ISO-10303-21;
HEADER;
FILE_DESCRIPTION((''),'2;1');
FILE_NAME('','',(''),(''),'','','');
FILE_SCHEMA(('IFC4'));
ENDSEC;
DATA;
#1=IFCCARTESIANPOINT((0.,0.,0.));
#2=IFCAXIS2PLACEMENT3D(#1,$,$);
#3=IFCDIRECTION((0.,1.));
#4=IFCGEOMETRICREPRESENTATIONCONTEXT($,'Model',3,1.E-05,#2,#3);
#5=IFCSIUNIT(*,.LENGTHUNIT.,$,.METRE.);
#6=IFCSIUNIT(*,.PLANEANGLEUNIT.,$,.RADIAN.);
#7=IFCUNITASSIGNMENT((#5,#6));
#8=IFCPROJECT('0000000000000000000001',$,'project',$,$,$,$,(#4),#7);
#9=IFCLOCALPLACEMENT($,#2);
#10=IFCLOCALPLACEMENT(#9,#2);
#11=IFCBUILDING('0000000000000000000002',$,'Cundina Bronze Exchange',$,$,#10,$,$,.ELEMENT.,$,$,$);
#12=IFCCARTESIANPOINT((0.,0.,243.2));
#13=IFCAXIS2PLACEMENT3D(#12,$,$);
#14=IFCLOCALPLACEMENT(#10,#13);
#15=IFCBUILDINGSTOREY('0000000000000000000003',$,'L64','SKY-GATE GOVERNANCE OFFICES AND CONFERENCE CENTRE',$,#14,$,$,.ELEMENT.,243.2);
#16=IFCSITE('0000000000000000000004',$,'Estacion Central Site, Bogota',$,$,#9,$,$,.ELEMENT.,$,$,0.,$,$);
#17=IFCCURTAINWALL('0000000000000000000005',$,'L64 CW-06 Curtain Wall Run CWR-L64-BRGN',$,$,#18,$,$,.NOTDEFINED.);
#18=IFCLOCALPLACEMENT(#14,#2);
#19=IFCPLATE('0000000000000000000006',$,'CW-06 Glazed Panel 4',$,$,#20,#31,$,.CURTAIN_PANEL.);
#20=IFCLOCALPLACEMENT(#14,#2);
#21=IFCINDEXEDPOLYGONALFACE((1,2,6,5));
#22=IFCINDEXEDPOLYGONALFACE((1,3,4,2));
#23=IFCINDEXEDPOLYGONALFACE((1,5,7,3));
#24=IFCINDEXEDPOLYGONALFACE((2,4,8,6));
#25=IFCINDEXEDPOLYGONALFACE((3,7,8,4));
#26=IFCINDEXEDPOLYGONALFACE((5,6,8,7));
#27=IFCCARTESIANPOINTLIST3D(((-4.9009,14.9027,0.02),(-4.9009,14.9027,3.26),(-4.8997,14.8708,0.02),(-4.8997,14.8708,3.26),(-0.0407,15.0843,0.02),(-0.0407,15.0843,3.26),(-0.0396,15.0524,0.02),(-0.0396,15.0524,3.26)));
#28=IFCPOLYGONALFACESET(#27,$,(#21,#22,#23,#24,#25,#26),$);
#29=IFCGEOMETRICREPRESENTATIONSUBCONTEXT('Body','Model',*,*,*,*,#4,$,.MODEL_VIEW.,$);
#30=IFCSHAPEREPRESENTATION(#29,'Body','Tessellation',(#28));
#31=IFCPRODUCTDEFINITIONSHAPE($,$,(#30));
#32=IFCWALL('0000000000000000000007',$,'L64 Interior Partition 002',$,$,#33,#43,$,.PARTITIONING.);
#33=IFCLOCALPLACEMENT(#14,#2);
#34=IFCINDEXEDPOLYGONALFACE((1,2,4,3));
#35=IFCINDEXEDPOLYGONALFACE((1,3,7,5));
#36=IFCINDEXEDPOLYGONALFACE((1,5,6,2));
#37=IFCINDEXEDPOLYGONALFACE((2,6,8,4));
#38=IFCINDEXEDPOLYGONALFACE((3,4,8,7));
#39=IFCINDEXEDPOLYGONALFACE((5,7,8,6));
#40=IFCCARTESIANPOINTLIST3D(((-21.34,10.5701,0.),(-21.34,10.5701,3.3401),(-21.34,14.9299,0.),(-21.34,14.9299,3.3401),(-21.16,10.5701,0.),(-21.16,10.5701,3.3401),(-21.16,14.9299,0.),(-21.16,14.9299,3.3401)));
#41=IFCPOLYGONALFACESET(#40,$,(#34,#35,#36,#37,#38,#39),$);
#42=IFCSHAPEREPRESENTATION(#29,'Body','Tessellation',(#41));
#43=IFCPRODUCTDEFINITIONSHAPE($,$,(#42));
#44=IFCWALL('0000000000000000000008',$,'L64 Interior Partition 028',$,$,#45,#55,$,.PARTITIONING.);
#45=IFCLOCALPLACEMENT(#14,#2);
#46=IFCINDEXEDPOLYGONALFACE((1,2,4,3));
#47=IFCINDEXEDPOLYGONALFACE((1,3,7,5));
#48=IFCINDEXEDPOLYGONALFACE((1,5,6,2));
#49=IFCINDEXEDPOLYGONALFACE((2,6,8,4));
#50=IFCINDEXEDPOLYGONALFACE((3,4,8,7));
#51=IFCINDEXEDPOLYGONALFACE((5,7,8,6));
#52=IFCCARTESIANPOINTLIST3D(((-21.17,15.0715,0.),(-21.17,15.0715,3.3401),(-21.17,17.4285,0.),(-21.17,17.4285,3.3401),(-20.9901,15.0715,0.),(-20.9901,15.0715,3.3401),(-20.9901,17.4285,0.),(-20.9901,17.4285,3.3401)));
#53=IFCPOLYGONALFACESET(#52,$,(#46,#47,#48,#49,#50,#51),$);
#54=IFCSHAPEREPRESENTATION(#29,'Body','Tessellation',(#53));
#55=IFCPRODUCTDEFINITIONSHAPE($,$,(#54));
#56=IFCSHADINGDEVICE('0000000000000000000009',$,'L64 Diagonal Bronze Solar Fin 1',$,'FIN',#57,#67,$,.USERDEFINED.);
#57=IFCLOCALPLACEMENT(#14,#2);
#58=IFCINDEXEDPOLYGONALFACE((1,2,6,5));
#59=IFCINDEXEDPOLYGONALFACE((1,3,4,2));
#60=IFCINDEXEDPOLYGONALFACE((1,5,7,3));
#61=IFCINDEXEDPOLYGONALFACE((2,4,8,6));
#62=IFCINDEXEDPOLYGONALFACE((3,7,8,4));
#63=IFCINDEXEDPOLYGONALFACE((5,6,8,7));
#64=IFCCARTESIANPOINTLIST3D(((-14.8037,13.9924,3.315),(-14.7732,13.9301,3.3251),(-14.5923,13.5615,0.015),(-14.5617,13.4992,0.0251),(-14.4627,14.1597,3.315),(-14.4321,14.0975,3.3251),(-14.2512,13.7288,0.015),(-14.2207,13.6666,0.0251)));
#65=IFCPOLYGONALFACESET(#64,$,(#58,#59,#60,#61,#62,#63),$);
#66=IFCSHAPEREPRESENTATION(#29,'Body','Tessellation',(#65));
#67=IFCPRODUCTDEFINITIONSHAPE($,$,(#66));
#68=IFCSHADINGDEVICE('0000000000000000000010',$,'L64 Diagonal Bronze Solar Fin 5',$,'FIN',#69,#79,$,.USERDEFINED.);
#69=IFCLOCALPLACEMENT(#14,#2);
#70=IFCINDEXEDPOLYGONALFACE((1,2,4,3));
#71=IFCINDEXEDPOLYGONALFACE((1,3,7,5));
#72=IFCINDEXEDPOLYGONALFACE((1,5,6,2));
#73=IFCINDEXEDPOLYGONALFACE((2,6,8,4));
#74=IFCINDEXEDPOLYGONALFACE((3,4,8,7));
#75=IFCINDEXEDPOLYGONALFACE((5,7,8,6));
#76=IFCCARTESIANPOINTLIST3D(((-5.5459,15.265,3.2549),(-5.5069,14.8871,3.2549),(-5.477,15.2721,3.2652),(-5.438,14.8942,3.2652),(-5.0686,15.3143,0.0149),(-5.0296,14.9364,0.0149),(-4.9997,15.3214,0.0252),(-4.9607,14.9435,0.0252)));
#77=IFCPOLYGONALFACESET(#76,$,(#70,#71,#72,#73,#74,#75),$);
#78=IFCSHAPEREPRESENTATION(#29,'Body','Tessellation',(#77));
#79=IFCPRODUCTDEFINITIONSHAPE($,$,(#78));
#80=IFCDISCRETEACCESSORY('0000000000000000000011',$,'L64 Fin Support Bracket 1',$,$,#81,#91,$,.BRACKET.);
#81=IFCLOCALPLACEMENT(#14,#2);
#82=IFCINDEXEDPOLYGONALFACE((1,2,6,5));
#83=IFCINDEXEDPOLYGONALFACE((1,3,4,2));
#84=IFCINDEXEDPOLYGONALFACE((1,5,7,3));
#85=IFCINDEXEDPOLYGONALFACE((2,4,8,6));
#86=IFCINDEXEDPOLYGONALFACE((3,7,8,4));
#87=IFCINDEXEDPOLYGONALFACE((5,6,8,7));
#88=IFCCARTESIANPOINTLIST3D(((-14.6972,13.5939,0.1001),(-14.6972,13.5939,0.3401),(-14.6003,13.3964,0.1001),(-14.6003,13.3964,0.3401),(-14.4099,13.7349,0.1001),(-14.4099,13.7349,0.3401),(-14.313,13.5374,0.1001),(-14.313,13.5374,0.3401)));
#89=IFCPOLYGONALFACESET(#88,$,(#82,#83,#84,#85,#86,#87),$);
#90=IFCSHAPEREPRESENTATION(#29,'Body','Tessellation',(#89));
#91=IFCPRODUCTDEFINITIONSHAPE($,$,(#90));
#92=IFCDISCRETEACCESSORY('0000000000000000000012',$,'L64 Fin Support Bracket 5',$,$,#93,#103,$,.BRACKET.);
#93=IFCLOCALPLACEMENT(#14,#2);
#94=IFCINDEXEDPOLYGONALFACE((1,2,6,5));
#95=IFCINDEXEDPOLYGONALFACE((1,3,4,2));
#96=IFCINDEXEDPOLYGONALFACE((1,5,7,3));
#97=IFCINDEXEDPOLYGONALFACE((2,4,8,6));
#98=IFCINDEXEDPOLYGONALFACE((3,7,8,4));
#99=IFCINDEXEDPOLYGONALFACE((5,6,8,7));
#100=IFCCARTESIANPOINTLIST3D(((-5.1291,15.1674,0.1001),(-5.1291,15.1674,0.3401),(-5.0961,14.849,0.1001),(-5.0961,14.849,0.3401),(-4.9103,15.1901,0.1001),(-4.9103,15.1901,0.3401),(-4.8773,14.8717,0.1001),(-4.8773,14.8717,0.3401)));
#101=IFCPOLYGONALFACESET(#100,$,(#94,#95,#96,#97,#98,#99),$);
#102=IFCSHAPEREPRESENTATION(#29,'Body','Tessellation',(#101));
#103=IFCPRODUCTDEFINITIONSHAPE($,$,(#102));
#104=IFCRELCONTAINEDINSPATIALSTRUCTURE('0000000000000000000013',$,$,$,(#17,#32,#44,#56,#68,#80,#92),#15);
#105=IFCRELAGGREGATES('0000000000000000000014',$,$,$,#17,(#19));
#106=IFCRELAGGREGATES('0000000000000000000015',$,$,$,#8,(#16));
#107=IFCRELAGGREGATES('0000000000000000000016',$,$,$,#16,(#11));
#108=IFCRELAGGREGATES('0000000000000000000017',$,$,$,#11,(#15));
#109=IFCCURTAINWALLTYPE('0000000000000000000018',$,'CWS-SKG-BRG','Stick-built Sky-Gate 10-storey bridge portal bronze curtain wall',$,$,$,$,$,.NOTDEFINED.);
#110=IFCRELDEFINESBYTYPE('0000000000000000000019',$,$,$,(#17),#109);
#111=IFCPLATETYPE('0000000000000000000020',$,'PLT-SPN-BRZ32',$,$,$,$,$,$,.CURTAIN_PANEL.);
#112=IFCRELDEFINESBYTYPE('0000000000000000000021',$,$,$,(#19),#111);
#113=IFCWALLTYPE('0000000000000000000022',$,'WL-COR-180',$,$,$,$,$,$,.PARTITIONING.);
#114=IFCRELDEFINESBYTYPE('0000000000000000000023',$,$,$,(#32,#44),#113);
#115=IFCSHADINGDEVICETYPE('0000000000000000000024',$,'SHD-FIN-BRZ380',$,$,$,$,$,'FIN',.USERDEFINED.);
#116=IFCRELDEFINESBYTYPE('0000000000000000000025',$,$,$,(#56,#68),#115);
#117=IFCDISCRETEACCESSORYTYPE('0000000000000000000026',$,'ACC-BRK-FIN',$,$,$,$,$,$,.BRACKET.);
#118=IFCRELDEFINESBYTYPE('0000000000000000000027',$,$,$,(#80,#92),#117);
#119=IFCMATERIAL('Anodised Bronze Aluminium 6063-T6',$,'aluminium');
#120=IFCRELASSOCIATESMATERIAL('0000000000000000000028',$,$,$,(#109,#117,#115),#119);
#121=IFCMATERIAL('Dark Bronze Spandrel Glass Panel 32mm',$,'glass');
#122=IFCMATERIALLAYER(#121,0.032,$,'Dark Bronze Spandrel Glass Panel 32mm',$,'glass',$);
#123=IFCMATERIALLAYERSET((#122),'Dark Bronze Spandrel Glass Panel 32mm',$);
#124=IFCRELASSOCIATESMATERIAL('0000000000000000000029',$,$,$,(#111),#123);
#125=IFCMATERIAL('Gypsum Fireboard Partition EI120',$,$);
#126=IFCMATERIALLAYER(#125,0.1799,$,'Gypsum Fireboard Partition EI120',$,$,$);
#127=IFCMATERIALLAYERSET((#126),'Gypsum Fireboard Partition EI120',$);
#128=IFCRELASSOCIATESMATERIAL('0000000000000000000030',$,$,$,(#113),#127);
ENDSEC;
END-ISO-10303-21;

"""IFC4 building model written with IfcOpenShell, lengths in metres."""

from ifc_helpers import new_model, si_unit, direction, frame, frame_2d, origin, origin_2d, place, context, subcontext, project, spatial, rectangle, extrude, material, layer, layer_set, material_profile, profile_set, type_object, element, aggregate, save


model = new_model("IFC4")

# Units and contexts
model_context = context("Model", 3, precision=1e-05, world=origin(), true_north=direction((0.0, 1.0)))
body_context = subcontext(model_context, "Body", "Model", "MODEL_VIEW")
ifc_project = project(units=[si_unit("LENGTHUNIT", "METRE"), si_unit("PLANEANGLEUNIT", "RADIAN")], contexts=[model_context])

# Site, building, storey
site_placement = place(None, origin())
site = spatial("IfcSite", under=ifc_project, at=site_placement, Name="Estacion Central Site, Bogota", CompositionType="ELEMENT", RefElevation=0.0)
building_placement = place(site_placement, origin())
building = spatial("IfcBuilding", under=site, at=building_placement, Name="Cundina Bronze Exchange", CompositionType="ELEMENT")
storey_placement = place(building_placement, frame((0.0, 0.0, 243.2)))
storey = spatial("IfcBuildingStorey", under=building, at=storey_placement, Name="L64", Description="SKY-GATE GOVERNANCE OFFICES AND CONFERENCE CENTRE", CompositionType="ELEMENT", Elevation=243.2)

# Curtain wall
ifc_material_1 = material(Name="Anodised Bronze Aluminium 6063-T6", Category="aluminium")
curtain_wall_type = type_object("IfcCurtainWallType", Name="CWS-SKG-BRG", Description="Stick-built Sky-Gate 10-storey bridge portal bronze curtain wall", PredefinedType="NOTDEFINED", material=ifc_material_1)
curtain_wall_1_placement = place(storey_placement, origin())
curtain_wall_1 = element("IfcCurtainWall", 1, at=curtain_wall_1_placement, inside=storey, type_object=curtain_wall_type, Name="L64 CW-06 Curtain Wall Run CWR-L64-BRGN", PredefinedType="NOTDEFINED")

# Plate
ifc_material_2 = material(Name="Dark Bronze Spandrel Glass Panel 32mm", Category="glass")
ifc_layer_1 = layer(ifc_material_2, 0.032, Name="Dark Bronze Spandrel Glass Panel 32mm", Category="glass")
ifc_layer_set_1 = layer_set([ifc_layer_1], Name="Dark Bronze Spandrel Glass Panel 32mm")
plate_type_1 = type_object("IfcPlateType", Name="PLT-SPN-BRZ32", PredefinedType="CURTAIN_PANEL", material=ifc_layer_set_1)
plate_1_placement = place(storey_placement, frame((-2.4702, 14.9775, 0.02), z_axis=(0.0, 0.0, 1.0), x_axis=(-0.999303, -0.037341, 0.0)))
plate_1 = element("IfcPlate", 2, at=plate_1_placement, type_object=plate_type_1, Name="CW-06 Glazed Panel 4", PredefinedType="CURTAIN_PANEL", context=body_context, shape_type="SweptSolid", body=[
    extrude(rectangle(XDim=4.8635, YDim=0.032, at=origin_2d()), origin(), (0.0, 0.0, 1.0), 3.24),
])
aggregate(curtain_wall_1, [plate_1])

# Wall
ifc_material_3 = material(Name="Gypsum Fireboard Partition EI120")
ifc_layer_2 = layer(ifc_material_3, 0.1799, Name="Gypsum Fireboard Partition EI120")
ifc_layer_set_2 = layer_set([ifc_layer_2], Name="Gypsum Fireboard Partition EI120")
wall_type = type_object("IfcWallType", Name="WL-COR-180", PredefinedType="PARTITIONING", material=ifc_layer_set_2)
wall_1_placement = place(storey_placement, frame((-21.25, 10.5701, 0.0), z_axis=(0.0, 0.0, 1.0), x_axis=(0.0, 1.0, 0.0)))
element("IfcWall", 3, at=wall_1_placement, inside=storey, type_object=wall_type, Name="L64 Interior Partition 002", PredefinedType="PARTITIONING", context=body_context, shape_type="SweptSolid", body=[
    extrude(rectangle(XDim=4.3599, YDim=0.1799, at=frame_2d((2.1799, 0.0))), origin(), (0.0, 0.0, 1.0), 3.3401),
])

# Wall
wall_2_placement = place(storey_placement, frame((-21.0801, 15.0715, 0.0), z_axis=(0.0, 0.0, 1.0), x_axis=(0.0, 1.0, 0.0)))
element("IfcWall", 4, at=wall_2_placement, inside=storey, type_object=wall_type, Name="L64 Interior Partition 028", PredefinedType="PARTITIONING", context=body_context, shape_type="SweptSolid", body=[
    extrude(rectangle(XDim=2.3569, YDim=0.1799, at=frame_2d((1.1785, 0.0))), origin(), (0.0, 0.0, 1.0), 3.3401),
])

# Shading devices
ifc_material_profile_1 = material_profile(ifc_material_1, rectangle(XDim=0.0701, YDim=0.3799, at=origin_2d()), Name="FIN70X380", Category="aluminium")
ifc_profile_set_1 = profile_set([ifc_material_profile_1], Name="Anodised Bronze Aluminium 6063-T6")
shading_device_type = type_object("IfcShadingDeviceType", Name="SHD-FIN-BRZ380", ElementType="FIN", PredefinedType="USERDEFINED", material=ifc_profile_set_1)
shading_device_1_placement = place(storey_placement, frame((-14.4065, 13.614, 0.02), z_axis=(-0.0634, 0.129217, 0.989588), x_axis=(0.4359, -0.888411, 0.143932)))
element("IfcShadingDevice", 5, at=shading_device_1_placement, inside=storey, type_object=shading_device_type, Name="L64 Diagonal Bronze Solar Fin 1", ObjectType="FIN", PredefinedType="USERDEFINED", context=body_context, shape_type="SweptSolid", body=[
    extrude(rectangle(XDim=0.0701, YDim=0.3799, at=origin_2d()), origin(), (0.0, 0.0, 1.0), 3.3347),
])
shading_device_2_placement = place(storey_placement, frame((-5.0146, 15.1289, 0.02), z_axis=(-0.145724, -0.015057, 0.989211), x_axis=(0.983972, 0.101669, 0.1465)))
element("IfcShadingDevice", 6, at=shading_device_2_placement, inside=storey, type_object=shading_device_type, Name="L64 Diagonal Bronze Solar Fin 5", ObjectType="FIN", PredefinedType="USERDEFINED", context=body_context, shape_type="SweptSolid", body=[
    extrude(rectangle(XDim=0.0701, YDim=0.3799, at=origin_2d()), origin(), (0.0, 0.0, 1.0), 3.2754),
])

# Discrete accessories
discrete_accessory_type = type_object("IfcDiscreteAccessoryType", Name="ACC-BRK-FIN", PredefinedType="BRACKET", material=ifc_material_1)
for number, where, z_axis, x_axis, name in (
    (7, (-14.5051, 13.5657, 0.1001), (0.0, 0.0, 1.0), (-0.440503, 0.897751, 0.0), "L64 Fin Support Bracket 1"),
    (8, (-5.0032, 15.0195, 0.1001), (0.0, 0.0, 1.0), (-0.994672, -0.103088, 0.0), "L64 Fin Support Bracket 5"),
):
    element("IfcDiscreteAccessory", number, at=place(storey_placement, frame(where, z_axis=z_axis, x_axis=x_axis)), inside=storey, type_object=discrete_accessory_type, Name=name, PredefinedType="BRACKET", context=body_context, shape_type="SweptSolid", body=[
        extrude(rectangle(XDim=0.22, YDim=0.3201, at=origin_2d()), origin(), (0.0, 0.0, 1.0), 0.24),
    ])

save(model, "model.ifc")
